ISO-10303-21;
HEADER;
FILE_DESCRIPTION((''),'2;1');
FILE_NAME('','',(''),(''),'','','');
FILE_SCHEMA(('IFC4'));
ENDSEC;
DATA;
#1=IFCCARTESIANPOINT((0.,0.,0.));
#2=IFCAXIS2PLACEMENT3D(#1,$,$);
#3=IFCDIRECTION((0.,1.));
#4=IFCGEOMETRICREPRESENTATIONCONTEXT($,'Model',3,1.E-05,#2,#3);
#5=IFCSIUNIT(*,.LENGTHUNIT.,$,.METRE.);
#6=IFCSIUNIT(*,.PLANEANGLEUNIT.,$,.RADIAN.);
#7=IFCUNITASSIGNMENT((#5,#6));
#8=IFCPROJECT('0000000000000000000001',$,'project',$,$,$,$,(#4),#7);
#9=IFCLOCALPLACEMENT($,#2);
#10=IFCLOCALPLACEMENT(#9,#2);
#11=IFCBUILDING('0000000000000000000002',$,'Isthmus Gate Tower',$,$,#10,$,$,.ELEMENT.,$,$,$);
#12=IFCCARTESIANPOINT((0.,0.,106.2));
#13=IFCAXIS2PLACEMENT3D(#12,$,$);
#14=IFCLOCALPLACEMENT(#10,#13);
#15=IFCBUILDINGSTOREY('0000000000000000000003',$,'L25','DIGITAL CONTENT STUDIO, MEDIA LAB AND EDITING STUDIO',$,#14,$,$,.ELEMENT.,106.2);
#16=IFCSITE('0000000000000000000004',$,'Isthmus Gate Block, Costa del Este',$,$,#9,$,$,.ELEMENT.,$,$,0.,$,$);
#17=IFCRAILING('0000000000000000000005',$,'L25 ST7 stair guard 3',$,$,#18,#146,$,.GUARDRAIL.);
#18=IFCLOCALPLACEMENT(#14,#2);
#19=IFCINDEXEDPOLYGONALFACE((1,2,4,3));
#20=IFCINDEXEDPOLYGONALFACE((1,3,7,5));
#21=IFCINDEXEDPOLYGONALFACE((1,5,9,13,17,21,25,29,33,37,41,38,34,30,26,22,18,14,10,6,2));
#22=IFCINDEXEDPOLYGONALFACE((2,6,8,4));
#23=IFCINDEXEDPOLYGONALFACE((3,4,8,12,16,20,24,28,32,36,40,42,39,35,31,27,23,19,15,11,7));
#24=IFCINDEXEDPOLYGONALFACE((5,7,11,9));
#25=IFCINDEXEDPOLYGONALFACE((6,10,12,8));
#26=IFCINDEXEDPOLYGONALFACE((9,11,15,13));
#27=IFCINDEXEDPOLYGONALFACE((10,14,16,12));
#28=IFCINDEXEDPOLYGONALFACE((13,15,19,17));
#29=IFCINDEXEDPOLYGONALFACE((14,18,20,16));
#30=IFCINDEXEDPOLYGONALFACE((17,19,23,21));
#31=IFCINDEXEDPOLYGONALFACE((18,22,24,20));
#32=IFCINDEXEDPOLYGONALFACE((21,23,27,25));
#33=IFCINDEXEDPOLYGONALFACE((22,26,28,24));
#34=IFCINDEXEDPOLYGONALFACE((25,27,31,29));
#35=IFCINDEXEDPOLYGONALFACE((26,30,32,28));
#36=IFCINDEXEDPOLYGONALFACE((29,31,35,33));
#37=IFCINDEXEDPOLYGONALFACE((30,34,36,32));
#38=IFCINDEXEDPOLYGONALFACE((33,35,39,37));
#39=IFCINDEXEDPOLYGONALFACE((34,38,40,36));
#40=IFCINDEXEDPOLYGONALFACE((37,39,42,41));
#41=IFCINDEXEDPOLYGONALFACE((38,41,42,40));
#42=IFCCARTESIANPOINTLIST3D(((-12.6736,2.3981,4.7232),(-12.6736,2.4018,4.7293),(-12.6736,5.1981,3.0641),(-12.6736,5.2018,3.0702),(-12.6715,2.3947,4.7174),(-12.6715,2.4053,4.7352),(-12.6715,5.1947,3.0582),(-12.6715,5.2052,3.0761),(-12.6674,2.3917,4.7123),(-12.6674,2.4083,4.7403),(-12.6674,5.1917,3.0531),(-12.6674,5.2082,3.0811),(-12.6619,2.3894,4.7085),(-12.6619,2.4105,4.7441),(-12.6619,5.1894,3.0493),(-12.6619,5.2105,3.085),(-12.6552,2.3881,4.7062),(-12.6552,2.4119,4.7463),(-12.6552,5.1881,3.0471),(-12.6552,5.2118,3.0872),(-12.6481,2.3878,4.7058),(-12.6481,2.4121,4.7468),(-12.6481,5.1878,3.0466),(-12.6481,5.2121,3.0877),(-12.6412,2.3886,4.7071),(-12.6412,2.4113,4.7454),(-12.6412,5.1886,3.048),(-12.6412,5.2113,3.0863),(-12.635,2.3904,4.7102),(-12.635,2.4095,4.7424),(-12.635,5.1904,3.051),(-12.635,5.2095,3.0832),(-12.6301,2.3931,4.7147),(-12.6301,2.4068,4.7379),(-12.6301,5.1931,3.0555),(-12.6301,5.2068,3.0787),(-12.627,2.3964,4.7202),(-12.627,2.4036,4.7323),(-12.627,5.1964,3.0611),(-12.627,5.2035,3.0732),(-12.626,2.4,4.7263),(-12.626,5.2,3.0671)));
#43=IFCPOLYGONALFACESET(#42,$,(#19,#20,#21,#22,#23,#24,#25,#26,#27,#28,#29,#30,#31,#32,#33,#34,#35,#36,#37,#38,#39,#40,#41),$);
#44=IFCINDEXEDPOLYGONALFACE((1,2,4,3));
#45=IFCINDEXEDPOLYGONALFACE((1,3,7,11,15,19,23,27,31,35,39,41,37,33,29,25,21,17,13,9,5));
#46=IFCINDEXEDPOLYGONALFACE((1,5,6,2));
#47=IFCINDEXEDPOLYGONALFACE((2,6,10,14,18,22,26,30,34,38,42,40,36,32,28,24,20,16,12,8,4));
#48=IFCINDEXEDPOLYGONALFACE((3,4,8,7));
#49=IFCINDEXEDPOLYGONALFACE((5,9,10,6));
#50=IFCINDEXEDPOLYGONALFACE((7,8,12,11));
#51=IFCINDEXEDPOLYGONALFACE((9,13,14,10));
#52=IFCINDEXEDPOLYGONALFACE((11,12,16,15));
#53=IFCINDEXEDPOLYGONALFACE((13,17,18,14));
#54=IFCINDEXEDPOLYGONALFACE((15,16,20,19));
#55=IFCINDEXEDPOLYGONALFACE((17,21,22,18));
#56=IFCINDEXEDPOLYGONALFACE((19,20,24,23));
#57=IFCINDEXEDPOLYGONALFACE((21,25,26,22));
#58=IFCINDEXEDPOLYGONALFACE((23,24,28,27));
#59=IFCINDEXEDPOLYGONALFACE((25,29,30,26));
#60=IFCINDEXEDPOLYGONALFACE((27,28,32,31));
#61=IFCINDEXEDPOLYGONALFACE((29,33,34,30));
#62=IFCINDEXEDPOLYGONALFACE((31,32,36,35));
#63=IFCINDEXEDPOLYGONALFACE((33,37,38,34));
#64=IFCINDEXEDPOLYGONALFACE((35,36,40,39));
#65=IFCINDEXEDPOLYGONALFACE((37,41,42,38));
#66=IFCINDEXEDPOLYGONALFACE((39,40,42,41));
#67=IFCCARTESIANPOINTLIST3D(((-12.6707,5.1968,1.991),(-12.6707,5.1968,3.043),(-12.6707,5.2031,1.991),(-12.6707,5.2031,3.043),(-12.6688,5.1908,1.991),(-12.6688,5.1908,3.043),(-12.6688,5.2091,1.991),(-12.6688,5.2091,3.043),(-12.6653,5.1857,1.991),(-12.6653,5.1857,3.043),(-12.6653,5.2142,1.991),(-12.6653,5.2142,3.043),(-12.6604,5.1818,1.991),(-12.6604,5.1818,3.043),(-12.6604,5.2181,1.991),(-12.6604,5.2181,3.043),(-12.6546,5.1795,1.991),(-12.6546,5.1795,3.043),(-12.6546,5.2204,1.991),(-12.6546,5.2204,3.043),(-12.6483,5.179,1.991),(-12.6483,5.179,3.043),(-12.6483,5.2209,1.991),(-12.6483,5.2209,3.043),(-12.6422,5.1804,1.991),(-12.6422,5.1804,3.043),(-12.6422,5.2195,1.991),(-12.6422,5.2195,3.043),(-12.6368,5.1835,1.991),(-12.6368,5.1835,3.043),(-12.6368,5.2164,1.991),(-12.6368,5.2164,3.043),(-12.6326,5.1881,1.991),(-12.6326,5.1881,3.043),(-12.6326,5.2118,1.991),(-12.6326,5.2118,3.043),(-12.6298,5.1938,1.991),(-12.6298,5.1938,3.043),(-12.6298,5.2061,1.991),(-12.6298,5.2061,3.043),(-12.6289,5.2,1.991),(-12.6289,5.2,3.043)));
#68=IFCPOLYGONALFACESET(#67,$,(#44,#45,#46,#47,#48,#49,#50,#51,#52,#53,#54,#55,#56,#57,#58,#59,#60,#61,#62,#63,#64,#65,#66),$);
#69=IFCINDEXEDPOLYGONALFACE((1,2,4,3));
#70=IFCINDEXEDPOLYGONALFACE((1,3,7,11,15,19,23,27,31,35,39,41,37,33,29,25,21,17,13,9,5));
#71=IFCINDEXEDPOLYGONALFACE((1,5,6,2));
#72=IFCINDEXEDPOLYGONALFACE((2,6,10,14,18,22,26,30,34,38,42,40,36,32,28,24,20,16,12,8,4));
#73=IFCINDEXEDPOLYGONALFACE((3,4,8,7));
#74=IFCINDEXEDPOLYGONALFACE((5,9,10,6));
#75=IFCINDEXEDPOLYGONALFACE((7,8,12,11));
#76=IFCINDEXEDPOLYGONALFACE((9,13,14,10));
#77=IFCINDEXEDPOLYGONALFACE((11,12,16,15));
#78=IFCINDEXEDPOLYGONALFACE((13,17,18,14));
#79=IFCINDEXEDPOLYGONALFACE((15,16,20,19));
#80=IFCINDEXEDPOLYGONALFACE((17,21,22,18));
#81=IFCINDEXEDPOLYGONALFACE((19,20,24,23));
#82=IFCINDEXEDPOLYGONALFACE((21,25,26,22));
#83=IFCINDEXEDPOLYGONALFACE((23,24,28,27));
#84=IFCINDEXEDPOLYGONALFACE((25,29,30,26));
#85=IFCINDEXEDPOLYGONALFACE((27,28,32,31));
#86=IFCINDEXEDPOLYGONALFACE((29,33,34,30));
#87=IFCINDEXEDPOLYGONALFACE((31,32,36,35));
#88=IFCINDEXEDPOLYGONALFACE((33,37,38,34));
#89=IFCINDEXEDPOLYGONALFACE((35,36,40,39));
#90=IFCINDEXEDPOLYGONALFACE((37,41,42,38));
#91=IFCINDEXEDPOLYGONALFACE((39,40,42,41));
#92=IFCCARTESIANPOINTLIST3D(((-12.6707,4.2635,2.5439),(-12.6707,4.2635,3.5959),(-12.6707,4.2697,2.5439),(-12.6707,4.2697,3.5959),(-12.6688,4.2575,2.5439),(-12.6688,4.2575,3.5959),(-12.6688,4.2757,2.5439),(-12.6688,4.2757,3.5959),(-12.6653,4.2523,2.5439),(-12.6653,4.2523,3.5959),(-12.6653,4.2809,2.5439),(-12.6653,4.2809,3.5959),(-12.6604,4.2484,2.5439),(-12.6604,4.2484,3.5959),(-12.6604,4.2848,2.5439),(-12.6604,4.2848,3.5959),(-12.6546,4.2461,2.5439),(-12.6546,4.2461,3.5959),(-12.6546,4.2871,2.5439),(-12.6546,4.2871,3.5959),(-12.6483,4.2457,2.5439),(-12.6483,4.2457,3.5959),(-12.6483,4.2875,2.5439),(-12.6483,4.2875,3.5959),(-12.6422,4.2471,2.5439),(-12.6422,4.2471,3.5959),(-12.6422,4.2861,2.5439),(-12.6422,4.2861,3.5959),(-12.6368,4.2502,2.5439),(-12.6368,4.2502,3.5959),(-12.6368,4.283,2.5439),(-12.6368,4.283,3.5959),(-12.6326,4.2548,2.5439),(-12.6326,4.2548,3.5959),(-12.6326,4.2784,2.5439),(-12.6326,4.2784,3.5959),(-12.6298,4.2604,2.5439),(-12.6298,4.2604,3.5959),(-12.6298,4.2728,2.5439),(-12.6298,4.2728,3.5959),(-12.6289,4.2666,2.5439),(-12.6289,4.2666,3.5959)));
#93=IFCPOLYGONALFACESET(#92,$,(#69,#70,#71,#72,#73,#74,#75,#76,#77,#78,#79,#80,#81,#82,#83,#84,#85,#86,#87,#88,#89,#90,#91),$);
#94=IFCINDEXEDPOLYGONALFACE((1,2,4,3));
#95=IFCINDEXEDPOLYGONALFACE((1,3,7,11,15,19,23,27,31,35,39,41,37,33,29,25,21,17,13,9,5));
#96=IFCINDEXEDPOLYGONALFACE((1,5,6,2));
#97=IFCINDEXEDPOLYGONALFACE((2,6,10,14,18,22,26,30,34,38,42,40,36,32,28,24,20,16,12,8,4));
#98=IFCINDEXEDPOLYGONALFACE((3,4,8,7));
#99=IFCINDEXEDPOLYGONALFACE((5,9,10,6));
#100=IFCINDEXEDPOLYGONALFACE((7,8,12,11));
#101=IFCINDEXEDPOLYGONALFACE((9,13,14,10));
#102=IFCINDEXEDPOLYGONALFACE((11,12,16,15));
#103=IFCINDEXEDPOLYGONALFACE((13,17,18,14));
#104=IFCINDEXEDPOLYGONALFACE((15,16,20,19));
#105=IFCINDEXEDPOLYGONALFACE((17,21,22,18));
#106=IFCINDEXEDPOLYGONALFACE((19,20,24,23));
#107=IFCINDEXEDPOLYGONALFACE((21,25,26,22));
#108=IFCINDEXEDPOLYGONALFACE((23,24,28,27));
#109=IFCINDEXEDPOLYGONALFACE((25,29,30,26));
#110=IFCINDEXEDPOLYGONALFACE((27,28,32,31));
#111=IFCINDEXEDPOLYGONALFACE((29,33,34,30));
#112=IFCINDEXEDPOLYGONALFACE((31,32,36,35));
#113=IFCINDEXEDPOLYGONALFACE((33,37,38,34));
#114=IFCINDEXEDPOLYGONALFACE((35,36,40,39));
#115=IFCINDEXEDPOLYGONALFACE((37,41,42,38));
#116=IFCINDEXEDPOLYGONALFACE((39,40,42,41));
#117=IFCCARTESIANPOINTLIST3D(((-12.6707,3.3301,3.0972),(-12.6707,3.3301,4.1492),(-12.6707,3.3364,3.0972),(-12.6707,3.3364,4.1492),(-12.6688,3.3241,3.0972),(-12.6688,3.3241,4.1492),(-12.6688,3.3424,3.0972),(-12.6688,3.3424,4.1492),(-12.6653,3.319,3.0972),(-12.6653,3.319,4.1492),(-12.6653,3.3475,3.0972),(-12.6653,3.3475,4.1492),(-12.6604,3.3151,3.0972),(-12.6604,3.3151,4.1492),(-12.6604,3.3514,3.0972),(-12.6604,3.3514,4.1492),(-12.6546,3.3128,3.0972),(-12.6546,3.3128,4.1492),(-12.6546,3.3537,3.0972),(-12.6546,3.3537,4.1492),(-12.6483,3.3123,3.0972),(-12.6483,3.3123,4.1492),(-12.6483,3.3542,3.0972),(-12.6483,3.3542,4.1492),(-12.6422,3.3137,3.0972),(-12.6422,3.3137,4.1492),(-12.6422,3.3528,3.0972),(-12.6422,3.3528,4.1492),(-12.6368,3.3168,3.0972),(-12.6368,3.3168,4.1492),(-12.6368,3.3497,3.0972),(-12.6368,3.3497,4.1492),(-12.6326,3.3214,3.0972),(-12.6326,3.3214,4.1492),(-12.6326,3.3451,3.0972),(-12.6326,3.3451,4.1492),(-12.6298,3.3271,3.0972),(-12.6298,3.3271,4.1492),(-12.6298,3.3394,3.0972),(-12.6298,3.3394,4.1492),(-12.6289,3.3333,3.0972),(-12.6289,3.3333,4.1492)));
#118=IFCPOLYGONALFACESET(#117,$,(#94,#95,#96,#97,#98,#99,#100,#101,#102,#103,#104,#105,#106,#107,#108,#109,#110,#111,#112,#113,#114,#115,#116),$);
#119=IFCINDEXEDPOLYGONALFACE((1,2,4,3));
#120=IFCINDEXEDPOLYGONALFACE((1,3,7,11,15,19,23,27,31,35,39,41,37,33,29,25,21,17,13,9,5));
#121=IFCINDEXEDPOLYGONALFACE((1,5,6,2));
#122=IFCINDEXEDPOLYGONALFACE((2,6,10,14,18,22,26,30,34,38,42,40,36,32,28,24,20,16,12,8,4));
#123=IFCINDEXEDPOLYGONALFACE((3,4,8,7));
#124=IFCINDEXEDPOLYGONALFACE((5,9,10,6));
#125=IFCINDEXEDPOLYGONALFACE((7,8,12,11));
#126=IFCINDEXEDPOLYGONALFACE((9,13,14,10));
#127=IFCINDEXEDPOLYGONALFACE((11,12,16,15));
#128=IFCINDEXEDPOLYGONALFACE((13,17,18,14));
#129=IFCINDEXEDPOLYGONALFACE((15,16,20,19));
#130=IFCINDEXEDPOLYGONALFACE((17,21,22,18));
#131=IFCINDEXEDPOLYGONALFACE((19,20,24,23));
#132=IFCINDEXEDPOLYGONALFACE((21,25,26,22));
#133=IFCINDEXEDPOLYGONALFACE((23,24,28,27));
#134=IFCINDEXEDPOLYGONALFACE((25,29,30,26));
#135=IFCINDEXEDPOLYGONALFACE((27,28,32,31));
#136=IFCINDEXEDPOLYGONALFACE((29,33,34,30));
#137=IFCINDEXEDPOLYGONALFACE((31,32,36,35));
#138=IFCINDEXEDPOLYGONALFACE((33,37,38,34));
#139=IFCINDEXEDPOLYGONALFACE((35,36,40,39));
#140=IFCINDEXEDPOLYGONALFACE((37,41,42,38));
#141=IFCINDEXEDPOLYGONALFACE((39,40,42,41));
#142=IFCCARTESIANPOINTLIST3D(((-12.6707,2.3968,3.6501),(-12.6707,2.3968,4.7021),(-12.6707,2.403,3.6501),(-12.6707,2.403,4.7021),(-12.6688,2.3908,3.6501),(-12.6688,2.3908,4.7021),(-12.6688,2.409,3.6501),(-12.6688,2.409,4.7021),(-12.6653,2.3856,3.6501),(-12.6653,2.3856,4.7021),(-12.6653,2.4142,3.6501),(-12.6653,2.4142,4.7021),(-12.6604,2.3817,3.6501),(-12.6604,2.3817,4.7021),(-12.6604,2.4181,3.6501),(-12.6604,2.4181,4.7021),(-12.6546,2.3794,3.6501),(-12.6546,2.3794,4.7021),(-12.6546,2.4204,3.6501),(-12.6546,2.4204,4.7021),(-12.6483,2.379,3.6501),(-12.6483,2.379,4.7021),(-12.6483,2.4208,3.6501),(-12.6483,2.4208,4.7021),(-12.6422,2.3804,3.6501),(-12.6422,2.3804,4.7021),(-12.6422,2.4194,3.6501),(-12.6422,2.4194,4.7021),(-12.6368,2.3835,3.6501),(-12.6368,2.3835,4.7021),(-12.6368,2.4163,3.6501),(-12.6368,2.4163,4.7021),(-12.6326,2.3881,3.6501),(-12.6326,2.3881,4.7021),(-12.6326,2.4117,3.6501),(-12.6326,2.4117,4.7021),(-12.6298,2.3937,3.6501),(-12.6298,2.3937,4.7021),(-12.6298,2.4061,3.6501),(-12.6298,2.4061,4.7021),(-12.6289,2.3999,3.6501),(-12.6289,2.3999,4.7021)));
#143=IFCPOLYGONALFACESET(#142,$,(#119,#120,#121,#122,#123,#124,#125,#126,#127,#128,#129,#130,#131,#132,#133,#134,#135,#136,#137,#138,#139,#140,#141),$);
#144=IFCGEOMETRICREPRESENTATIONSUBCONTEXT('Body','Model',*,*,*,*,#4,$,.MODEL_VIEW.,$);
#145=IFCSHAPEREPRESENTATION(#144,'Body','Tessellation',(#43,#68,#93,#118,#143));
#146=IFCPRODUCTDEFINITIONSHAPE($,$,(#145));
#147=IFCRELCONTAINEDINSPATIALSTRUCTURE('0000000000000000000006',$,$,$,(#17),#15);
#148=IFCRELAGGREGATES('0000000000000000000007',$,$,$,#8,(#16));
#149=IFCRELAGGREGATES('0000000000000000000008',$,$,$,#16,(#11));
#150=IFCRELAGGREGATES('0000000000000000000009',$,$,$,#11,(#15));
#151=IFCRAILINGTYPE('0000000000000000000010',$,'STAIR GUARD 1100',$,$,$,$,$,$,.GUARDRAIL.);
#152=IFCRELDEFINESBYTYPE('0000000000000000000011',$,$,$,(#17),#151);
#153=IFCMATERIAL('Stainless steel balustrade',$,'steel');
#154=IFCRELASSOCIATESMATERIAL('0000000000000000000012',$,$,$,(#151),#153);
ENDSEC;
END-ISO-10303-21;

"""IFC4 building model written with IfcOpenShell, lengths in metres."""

from ifc_helpers import new_model, si_unit, direction, frame, origin, origin_2d, place, context, subcontext, project, spatial, circle, extrude, material, type_object, element, save


model = new_model("IFC4")

# Units and contexts
model_context = context("Model", 3, precision=1e-05, world=origin(), true_north=direction((0.0, 1.0)))
body_context = subcontext(model_context, "Body", "Model", "MODEL_VIEW")
ifc_project = project(units=[si_unit("LENGTHUNIT", "METRE"), si_unit("PLANEANGLEUNIT", "RADIAN")], contexts=[model_context])

# Site, building, storey
site_placement = place(None, origin())
site = spatial("IfcSite", under=ifc_project, at=site_placement, Name="Isthmus Gate Block, Costa del Este", CompositionType="ELEMENT", RefElevation=0.0)
building_placement = place(site_placement, origin())
building = spatial("IfcBuilding", under=site, at=building_placement, Name="Isthmus Gate Tower", CompositionType="ELEMENT")
storey_placement = place(building_placement, frame((0.0, 0.0, 106.2)))
storey = spatial("IfcBuildingStorey", under=building, at=storey_placement, Name="L25", Description="DIGITAL CONTENT STUDIO, MEDIA LAB AND EDITING STUDIO", CompositionType="ELEMENT", Elevation=106.2)

# Railing
ifc_material_1 = material(Name="Stainless steel balustrade", Category="steel")
railing_type_1 = type_object("IfcRailingType", Name="STAIR GUARD 1100", PredefinedType="GUARDRAIL", material=ifc_material_1)
railing_1_placement = place(storey_placement, frame((-12.6499, 5.2, 1.991)))
element("IfcRailing", 1, at=railing_1_placement, inside=storey, type_object=railing_type_1, Name="L25 ST7 stair guard 3", PredefinedType="GUARDRAIL", context=body_context, shape_type="SweptSolid", body=[
    extrude(circle(Radius=0.0239, at=origin_2d()), frame((0.0, 0.0, 1.0762), z_axis=(0.0, -0.860306, 0.509778), x_axis=(1.0, 0.0, 0.0)), (0.0, 0.0, 1.0), 3.2546),
    extrude(circle(Radius=0.021, at=origin_2d()), origin(), (0.0, 0.0, 1.0), 1.052),
    extrude(circle(Radius=0.021, at=origin_2d()), frame((0.0, -0.9333, 0.553)), (0.0, 0.0, 1.0), 1.052),
    extrude(circle(Radius=0.021, at=origin_2d()), frame((0.0, -1.8667, 1.1062)), (0.0, 0.0, 1.0), 1.052),
    extrude(circle(Radius=0.021, at=origin_2d()), frame((0.0, -2.8, 1.6592)), (0.0, 0.0, 1.0), 1.052),
])

save(model, "model.ifc")
